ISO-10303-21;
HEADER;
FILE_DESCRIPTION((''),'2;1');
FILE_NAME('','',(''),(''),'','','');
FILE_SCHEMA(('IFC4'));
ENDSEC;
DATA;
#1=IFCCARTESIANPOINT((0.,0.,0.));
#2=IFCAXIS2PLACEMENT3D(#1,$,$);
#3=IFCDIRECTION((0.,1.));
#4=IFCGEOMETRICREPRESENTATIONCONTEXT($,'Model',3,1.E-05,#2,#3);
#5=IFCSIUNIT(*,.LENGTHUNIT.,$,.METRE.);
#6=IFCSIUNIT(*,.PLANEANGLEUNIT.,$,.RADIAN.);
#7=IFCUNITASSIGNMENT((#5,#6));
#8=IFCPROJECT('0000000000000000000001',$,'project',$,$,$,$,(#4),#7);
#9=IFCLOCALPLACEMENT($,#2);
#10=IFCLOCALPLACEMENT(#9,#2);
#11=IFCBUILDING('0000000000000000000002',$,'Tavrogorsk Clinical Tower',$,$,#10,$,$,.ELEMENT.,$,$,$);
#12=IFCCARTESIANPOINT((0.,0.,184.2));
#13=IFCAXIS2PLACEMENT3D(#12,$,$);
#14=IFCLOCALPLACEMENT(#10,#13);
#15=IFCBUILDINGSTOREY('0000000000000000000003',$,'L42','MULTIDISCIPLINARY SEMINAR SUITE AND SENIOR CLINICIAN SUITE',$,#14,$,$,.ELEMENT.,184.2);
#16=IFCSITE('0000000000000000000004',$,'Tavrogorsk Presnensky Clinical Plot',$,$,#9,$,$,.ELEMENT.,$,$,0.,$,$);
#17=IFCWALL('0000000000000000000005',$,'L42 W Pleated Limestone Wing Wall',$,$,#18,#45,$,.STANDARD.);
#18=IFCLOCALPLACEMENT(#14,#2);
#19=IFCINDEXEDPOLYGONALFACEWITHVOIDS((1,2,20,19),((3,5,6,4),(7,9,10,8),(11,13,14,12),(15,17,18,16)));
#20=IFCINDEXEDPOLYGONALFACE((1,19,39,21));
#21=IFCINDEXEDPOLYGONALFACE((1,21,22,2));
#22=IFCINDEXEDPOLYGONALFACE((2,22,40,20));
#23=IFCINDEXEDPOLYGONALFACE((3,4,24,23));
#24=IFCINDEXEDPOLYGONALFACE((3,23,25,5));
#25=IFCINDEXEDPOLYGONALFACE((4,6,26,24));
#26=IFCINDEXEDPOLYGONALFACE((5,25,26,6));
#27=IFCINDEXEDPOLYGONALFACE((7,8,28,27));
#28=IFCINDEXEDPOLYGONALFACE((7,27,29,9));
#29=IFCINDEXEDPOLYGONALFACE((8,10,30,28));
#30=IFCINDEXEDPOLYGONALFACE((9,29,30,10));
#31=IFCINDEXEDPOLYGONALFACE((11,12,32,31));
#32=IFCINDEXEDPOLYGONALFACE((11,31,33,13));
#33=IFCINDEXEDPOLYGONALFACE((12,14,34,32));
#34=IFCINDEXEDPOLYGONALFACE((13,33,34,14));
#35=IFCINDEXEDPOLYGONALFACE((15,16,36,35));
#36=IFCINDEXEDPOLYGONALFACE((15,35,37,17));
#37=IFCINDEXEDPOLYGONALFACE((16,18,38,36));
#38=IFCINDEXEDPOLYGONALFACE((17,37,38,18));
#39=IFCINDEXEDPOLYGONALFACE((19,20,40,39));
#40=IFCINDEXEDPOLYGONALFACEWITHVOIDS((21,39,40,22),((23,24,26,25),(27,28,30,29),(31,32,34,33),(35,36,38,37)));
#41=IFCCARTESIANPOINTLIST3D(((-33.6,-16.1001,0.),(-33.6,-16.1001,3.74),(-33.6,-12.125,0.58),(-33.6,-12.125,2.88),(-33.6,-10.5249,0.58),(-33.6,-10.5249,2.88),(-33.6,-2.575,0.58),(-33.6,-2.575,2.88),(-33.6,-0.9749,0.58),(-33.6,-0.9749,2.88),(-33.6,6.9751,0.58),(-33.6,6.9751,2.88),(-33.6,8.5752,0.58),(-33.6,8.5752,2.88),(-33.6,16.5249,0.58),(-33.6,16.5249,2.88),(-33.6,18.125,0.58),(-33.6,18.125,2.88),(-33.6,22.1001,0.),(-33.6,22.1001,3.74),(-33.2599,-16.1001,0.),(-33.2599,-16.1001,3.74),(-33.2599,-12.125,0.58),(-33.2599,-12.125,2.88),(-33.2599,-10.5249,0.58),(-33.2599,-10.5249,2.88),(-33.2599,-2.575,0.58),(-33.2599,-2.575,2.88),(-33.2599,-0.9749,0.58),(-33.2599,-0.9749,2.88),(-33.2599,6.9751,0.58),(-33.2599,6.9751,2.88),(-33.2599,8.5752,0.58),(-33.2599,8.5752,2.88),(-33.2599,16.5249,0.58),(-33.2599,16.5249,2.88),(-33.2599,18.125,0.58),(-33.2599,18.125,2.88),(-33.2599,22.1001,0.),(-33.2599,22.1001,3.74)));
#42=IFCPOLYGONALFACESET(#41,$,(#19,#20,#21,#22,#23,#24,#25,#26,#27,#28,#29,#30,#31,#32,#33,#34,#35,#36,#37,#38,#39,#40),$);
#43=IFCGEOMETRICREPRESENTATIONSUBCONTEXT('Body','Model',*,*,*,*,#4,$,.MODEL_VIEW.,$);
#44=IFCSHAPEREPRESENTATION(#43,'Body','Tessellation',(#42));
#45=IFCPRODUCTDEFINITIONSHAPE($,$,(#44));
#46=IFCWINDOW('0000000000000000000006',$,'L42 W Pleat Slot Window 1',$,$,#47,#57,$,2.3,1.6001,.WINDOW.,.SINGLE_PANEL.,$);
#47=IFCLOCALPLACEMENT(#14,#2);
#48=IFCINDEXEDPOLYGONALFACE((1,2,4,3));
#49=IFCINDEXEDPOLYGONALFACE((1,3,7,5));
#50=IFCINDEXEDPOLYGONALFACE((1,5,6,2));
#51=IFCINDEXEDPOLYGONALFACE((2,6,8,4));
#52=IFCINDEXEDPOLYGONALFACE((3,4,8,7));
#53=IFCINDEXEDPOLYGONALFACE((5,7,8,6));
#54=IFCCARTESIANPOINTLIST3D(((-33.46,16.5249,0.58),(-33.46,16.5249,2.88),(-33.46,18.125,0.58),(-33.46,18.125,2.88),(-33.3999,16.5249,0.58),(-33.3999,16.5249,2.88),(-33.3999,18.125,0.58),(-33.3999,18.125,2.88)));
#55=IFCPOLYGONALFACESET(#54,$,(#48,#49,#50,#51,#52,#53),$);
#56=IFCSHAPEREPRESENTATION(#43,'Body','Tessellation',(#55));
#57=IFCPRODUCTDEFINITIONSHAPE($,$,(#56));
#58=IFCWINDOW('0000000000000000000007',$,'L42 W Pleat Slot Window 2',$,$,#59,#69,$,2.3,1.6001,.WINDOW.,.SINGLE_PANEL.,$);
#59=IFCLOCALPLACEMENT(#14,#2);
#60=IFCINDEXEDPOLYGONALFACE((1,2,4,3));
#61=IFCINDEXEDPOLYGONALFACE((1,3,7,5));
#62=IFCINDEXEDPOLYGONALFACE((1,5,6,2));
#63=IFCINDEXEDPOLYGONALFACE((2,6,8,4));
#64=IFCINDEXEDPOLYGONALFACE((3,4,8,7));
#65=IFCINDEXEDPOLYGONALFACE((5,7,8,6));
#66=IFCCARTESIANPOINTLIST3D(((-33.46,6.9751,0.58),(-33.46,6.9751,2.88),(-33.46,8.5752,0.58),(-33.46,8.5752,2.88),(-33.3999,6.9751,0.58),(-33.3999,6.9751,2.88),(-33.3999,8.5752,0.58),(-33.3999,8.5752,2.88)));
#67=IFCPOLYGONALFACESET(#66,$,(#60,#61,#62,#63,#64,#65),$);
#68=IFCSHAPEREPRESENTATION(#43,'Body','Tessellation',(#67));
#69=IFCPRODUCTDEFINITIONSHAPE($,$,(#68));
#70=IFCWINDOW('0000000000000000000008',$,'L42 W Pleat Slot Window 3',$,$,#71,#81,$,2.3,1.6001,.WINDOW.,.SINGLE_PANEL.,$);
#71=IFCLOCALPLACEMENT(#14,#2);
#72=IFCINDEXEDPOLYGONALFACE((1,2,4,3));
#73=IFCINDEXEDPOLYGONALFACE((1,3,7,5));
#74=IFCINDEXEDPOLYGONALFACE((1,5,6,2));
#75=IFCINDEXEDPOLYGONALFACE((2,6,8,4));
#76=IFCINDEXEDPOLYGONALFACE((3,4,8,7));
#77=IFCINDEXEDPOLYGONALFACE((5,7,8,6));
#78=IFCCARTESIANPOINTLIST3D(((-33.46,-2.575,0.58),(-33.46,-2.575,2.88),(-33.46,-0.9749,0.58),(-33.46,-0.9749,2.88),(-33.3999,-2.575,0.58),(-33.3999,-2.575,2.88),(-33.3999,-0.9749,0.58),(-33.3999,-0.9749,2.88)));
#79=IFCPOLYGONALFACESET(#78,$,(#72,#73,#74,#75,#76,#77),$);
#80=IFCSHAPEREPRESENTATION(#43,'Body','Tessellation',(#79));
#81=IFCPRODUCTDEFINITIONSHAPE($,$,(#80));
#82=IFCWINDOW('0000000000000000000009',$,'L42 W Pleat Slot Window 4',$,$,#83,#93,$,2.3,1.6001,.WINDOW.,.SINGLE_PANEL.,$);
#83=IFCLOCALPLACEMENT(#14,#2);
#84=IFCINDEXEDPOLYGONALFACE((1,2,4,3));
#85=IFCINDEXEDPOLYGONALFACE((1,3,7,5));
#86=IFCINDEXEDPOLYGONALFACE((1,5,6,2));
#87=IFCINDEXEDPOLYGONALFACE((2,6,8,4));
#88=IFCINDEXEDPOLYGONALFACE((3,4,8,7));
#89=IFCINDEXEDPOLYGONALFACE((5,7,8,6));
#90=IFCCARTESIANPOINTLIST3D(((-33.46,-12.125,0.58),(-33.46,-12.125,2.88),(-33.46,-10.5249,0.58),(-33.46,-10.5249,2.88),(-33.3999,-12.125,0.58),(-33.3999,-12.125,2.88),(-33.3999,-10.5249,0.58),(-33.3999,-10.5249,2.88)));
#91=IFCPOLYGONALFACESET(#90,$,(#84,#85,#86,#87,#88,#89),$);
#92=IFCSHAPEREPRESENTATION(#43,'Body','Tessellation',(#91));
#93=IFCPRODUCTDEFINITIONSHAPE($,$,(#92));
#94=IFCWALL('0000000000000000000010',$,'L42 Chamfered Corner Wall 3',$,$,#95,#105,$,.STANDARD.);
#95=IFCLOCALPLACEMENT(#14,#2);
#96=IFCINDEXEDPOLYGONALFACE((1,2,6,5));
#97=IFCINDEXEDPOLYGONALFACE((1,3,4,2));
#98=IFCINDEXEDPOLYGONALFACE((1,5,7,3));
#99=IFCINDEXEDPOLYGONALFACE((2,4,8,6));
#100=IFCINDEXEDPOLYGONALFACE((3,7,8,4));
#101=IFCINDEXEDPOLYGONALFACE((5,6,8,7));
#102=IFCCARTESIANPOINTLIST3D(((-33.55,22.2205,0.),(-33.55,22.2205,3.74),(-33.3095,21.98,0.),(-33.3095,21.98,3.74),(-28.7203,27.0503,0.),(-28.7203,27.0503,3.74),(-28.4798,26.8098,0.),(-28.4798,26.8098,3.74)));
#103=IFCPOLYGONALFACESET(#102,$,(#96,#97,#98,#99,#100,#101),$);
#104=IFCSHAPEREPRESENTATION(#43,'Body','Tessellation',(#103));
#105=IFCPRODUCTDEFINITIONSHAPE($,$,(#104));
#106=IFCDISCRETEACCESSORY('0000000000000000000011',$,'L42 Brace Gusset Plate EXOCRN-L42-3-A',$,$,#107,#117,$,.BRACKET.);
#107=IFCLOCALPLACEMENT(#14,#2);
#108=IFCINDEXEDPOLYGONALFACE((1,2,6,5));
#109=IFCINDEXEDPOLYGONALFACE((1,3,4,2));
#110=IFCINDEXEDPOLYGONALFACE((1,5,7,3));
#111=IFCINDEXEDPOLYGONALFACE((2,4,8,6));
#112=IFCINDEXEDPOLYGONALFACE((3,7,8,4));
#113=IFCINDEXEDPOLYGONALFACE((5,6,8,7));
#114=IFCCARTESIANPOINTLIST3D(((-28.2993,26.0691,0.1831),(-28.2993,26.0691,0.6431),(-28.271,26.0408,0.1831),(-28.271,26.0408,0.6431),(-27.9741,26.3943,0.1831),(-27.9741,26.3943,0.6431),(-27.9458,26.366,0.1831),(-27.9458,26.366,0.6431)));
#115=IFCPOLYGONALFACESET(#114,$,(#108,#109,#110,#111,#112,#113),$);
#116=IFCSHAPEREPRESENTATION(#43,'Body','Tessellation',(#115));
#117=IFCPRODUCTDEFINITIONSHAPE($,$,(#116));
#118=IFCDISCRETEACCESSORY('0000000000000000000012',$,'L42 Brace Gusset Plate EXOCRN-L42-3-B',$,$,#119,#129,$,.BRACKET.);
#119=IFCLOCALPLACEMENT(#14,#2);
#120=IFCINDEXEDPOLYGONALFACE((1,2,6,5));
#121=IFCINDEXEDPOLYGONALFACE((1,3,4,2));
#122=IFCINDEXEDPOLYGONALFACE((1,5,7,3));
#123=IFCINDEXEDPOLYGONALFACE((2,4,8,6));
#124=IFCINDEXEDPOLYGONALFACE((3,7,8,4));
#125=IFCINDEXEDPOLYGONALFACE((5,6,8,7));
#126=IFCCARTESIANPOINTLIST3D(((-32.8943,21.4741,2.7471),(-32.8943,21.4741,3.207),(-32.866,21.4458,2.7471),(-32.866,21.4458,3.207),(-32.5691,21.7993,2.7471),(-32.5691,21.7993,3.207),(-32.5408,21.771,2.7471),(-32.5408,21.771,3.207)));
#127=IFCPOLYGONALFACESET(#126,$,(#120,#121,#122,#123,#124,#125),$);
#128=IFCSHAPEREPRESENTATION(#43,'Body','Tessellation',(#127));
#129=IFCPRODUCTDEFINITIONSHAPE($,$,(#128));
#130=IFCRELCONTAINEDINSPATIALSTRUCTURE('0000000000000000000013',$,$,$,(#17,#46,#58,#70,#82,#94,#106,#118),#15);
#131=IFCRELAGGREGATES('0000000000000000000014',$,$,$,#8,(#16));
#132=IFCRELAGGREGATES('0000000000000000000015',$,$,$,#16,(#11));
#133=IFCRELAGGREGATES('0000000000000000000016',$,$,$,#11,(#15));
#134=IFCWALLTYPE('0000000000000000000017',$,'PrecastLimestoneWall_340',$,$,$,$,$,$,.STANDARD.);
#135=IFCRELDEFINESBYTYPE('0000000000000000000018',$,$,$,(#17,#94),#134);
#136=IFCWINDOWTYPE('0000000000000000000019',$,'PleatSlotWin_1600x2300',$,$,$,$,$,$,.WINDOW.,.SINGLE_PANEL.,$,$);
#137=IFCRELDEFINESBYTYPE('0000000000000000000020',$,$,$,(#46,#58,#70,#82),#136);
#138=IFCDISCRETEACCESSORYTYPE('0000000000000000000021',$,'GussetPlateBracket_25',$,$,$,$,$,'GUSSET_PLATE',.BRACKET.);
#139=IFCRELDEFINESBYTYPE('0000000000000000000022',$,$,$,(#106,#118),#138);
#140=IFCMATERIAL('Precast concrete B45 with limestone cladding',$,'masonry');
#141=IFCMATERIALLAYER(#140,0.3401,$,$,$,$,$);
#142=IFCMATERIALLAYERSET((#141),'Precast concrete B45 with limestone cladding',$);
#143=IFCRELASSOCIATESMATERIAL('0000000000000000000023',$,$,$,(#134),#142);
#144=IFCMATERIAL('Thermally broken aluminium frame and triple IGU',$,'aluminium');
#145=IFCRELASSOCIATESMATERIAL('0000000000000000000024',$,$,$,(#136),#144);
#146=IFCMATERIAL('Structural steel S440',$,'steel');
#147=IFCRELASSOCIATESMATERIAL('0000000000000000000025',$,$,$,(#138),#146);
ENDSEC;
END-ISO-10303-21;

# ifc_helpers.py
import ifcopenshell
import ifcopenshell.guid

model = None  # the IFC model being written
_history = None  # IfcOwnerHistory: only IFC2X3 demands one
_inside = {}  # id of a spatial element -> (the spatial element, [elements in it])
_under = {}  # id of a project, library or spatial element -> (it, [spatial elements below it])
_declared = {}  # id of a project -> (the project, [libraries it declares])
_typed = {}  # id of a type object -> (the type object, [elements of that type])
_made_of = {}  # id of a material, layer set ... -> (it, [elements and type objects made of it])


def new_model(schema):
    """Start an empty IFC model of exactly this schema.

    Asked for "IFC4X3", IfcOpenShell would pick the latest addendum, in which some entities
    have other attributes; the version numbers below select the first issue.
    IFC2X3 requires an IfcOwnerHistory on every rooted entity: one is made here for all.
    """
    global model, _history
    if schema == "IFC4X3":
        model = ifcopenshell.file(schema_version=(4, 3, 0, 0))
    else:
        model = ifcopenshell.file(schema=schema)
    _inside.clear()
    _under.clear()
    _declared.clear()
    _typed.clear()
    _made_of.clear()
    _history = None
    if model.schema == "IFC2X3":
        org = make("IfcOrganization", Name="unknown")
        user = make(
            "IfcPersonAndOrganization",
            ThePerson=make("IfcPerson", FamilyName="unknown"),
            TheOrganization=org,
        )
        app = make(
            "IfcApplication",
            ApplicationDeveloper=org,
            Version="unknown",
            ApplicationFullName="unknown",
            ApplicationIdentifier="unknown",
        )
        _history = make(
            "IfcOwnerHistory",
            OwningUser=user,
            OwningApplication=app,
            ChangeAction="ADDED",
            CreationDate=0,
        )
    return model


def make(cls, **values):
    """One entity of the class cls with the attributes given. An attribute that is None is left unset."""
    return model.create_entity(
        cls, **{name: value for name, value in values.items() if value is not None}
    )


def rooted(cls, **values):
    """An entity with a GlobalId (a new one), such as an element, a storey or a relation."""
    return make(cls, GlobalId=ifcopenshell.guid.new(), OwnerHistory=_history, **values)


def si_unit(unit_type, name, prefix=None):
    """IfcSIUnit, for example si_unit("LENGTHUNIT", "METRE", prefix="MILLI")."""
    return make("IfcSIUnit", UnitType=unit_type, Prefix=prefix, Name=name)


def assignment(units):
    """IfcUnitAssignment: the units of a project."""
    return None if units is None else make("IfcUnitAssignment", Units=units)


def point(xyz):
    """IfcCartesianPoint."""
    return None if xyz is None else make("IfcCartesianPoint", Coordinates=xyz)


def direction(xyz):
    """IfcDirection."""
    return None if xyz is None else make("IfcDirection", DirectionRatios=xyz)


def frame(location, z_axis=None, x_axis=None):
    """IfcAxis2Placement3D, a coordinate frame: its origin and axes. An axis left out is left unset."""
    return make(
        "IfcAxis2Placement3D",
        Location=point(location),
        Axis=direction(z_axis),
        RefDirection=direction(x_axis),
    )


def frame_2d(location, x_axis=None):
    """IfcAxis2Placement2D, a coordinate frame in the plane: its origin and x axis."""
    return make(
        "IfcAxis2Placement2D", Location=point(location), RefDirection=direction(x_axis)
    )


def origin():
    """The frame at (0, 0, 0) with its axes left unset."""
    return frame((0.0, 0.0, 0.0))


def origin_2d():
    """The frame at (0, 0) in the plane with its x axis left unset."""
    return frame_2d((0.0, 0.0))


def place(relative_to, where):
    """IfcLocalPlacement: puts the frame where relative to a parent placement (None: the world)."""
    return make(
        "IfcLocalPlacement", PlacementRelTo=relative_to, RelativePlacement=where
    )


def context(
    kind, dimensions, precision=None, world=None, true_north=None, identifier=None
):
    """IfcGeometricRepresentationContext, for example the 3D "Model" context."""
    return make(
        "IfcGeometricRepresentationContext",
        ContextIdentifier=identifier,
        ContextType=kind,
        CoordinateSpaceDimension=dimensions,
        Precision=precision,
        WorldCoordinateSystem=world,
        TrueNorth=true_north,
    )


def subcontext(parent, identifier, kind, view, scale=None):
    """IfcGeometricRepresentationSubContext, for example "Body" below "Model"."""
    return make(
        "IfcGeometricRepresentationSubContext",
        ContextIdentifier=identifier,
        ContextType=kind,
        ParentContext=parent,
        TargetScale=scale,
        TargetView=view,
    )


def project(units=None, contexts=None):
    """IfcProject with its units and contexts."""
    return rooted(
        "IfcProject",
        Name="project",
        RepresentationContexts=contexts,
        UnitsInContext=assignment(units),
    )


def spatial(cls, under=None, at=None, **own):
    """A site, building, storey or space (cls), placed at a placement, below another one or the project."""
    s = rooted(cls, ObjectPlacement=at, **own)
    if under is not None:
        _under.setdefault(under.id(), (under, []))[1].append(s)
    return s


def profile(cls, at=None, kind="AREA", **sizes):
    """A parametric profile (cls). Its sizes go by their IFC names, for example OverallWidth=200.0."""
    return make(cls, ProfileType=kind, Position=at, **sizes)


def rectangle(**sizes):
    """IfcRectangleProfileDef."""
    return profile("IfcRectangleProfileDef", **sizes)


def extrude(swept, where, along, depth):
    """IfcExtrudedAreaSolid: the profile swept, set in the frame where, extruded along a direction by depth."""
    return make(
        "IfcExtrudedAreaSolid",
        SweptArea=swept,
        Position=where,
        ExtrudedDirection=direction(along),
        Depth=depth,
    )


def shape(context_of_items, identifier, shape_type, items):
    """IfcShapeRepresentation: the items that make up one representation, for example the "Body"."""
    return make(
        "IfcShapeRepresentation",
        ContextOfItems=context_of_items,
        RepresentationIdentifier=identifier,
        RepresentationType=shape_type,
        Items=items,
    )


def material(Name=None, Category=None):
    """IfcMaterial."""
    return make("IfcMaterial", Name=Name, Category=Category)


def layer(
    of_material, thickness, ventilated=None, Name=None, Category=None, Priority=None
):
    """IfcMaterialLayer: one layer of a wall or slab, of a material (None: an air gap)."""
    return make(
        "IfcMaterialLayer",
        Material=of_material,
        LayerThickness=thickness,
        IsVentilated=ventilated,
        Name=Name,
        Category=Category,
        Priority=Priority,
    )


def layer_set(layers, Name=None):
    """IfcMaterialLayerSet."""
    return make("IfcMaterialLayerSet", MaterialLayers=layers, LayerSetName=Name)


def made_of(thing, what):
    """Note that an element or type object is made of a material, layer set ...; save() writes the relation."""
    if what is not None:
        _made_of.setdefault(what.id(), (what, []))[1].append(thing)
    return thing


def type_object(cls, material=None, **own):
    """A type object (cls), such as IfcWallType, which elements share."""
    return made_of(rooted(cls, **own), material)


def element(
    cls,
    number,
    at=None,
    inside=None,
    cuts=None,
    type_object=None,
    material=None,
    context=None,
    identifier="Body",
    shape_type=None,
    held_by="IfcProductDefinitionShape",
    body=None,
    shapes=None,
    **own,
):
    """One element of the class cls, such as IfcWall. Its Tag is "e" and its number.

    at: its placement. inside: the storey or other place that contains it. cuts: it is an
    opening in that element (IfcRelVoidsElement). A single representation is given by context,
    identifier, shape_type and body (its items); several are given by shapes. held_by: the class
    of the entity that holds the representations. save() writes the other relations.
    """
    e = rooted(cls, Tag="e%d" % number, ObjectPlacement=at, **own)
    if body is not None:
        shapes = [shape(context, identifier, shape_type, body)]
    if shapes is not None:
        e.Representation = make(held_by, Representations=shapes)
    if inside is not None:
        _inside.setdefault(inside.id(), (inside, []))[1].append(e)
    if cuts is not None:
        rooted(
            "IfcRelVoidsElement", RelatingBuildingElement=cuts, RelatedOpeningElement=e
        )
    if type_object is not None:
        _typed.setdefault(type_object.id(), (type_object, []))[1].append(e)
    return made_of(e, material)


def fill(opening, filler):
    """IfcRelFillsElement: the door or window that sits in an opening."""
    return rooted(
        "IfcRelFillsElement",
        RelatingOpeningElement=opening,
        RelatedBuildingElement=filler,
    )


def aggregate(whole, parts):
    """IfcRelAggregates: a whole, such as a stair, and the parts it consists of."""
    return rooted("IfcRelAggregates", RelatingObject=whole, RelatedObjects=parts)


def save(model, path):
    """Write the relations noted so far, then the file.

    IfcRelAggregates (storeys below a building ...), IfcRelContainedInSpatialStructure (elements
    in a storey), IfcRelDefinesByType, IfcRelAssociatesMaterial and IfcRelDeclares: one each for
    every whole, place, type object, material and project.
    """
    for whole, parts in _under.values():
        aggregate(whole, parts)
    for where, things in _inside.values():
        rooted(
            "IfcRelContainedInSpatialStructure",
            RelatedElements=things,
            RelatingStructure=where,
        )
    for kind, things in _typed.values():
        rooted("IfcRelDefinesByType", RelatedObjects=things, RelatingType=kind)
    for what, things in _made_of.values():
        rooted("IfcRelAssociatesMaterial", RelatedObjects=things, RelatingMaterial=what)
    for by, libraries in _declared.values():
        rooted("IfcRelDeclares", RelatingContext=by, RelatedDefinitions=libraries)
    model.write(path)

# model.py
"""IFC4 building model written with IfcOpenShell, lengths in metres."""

from ifc_helpers import new_model, si_unit, direction, frame, frame_2d, origin, origin_2d, place, context, subcontext, project, spatial, rectangle, extrude, material, layer, layer_set, type_object, element, fill, save


model = new_model("IFC4")

# Units and contexts
model_context = context("Model", 3, precision=1e-05, world=origin(), true_north=direction((0.0, 1.0)))
body_context = subcontext(model_context, "Body", "Model", "MODEL_VIEW")
ifc_project = project(units=[si_unit("LENGTHUNIT", "METRE"), si_unit("PLANEANGLEUNIT", "RADIAN")], contexts=[model_context])

# Site, building, storey
site_placement = place(None, origin())
site = spatial("IfcSite", under=ifc_project, at=site_placement, Name="Tavrogorsk Presnensky Clinical Plot", CompositionType="ELEMENT", RefElevation=0.0)
building_placement = place(site_placement, origin())
building = spatial("IfcBuilding", under=site, at=building_placement, Name="Tavrogorsk Clinical Tower", CompositionType="ELEMENT")
storey_placement = place(building_placement, frame((0.0, 0.0, 184.2)))
storey = spatial("IfcBuildingStorey", under=building, at=storey_placement, Name="L42", Description="MULTIDISCIPLINARY SEMINAR SUITE AND SENIOR CLINICIAN SUITE", CompositionType="ELEMENT", Elevation=184.2)

# Wall, openings, windows
ifc_material_1 = material(Name="Precast concrete B45 with limestone cladding", Category="masonry")
ifc_layer_1 = layer(ifc_material_1, 0.3401)
ifc_layer_set_1 = layer_set([ifc_layer_1], Name="Precast concrete B45 with limestone cladding")
wall_type_1 = type_object("IfcWallType", Name="PrecastLimestoneWall_340", PredefinedType="STANDARD", material=ifc_layer_set_1)
wall_1_placement = place(storey_placement, frame((-33.4299, 22.1001, 0.0), z_axis=(0.0, 0.0, 1.0), x_axis=(0.0, -1.0, 0.0)))
wall_1 = element("IfcWall", 1, at=wall_1_placement, inside=storey, type_object=wall_type_1, Name="L42 W Pleated Limestone Wing Wall", PredefinedType="STANDARD", context=body_context, shape_type="SweptSolid", body=[
    extrude(rectangle(XDim=38.2002, YDim=0.3401, at=frame_2d((19.1001, 0.0))), origin(), (0.0, 0.0, 1.0), 3.74),
])
opening_1_placement = place(wall_1_placement, frame((3.9751, 0.0, 0.5801)))
opening_1 = element("IfcOpeningElement", 2, at=opening_1_placement, cuts=wall_1, PredefinedType="OPENING", context=body_context, shape_type="SweptSolid", body=[
    extrude(rectangle(XDim=1.6001, YDim=2.3, at=frame_2d((0.8, 1.1499))), frame((0.0, 0.1799, 0.0), z_axis=(0.0, -1.0, 0.0), x_axis=(1.0, 0.0, 0.0)), (0.0, 0.0, 1.0), 0.3601),
])
opening_2_placement = place(wall_1_placement, frame((13.5249, 0.0, 0.5801)))
opening_2 = element("IfcOpeningElement", 3, at=opening_2_placement, cuts=wall_1, PredefinedType="OPENING", context=body_context, shape_type="SweptSolid", body=[
    extrude(rectangle(XDim=1.6001, YDim=2.3, at=frame_2d((0.8, 1.1499))), frame((0.0, 0.1799, 0.0), z_axis=(0.0, -1.0, 0.0), x_axis=(1.0, 0.0, 0.0)), (0.0, 0.0, 1.0), 0.3601),
])
opening_3_placement = place(wall_1_placement, frame((23.075, 0.0, 0.5801)))
opening_3 = element("IfcOpeningElement", 4, at=opening_3_placement, cuts=wall_1, PredefinedType="OPENING", context=body_context, shape_type="SweptSolid", body=[
    extrude(rectangle(XDim=1.6001, YDim=2.3, at=frame_2d((0.8, 1.1499))), frame((0.0, 0.1799, 0.0), z_axis=(0.0, -1.0, 0.0), x_axis=(1.0, 0.0, 0.0)), (0.0, 0.0, 1.0), 0.3601),
])
opening_4_placement = place(wall_1_placement, frame((32.625, 0.0, 0.5801)))
opening_4 = element("IfcOpeningElement", 5, at=opening_4_placement, cuts=wall_1, PredefinedType="OPENING", context=body_context, shape_type="SweptSolid", body=[
    extrude(rectangle(XDim=1.6001, YDim=2.3, at=frame_2d((0.8, 1.1499))), frame((0.0, 0.1799, 0.0), z_axis=(0.0, -1.0, 0.0), x_axis=(1.0, 0.0, 0.0)), (0.0, 0.0, 1.0), 0.3601),
])
ifc_material_2 = material(Name="Thermally broken aluminium frame and triple IGU", Category="aluminium")
window_type = type_object("IfcWindowType", Name="PleatSlotWin_1600x2300", PartitioningType="SINGLE_PANEL", PredefinedType="WINDOW", material=ifc_material_2)
window_1_placement = place(opening_1_placement, origin())
window_1 = element("IfcWindow", 6, at=window_1_placement, inside=storey, type_object=window_type, Name="L42 W Pleat Slot Window 1", OverallHeight=2.3, OverallWidth=1.6001, PartitioningType="SINGLE_PANEL", PredefinedType="WINDOW", context=body_context, shape_type="SweptSolid", body=[
    extrude(rectangle(XDim=1.6001, YDim=2.3, at=frame_2d((0.8, 1.1499))), frame((0.0, 0.03, 0.0), z_axis=(0.0, -1.0, 0.0), x_axis=(1.0, 0.0, 0.0)), (0.0, 0.0, 1.0), 0.0601),
])
fill(opening_1, window_1)
window_2_placement = place(opening_2_placement, origin())
window_2 = element("IfcWindow", 7, at=window_2_placement, inside=storey, type_object=window_type, Name="L42 W Pleat Slot Window 2", OverallHeight=2.3, OverallWidth=1.6001, PartitioningType="SINGLE_PANEL", PredefinedType="WINDOW", context=body_context, shape_type="SweptSolid", body=[
    extrude(rectangle(XDim=1.6001, YDim=2.3, at=frame_2d((0.8, 1.1499))), frame((0.0, 0.03, 0.0), z_axis=(0.0, -1.0, 0.0), x_axis=(1.0, 0.0, 0.0)), (0.0, 0.0, 1.0), 0.0601),
])
fill(opening_2, window_2)
window_3_placement = place(opening_3_placement, origin())
window_3 = element("IfcWindow", 8, at=window_3_placement, inside=storey, type_object=window_type, Name="L42 W Pleat Slot Window 3", OverallHeight=2.3, OverallWidth=1.6001, PartitioningType="SINGLE_PANEL", PredefinedType="WINDOW", context=body_context, shape_type="SweptSolid", body=[
    extrude(rectangle(XDim=1.6001, YDim=2.3, at=frame_2d((0.8, 1.1499))), frame((0.0, 0.03, 0.0), z_axis=(0.0, -1.0, 0.0), x_axis=(1.0, 0.0, 0.0)), (0.0, 0.0, 1.0), 0.0601),
])
fill(opening_3, window_3)
window_4_placement = place(opening_4_placement, origin())
window_4 = element("IfcWindow", 9, at=window_4_placement, inside=storey, type_object=window_type, Name="L42 W Pleat Slot Window 4", OverallHeight=2.3, OverallWidth=1.6001, PartitioningType="SINGLE_PANEL", PredefinedType="WINDOW", context=body_context, shape_type="SweptSolid", body=[
    extrude(rectangle(XDim=1.6001, YDim=2.3, at=frame_2d((0.8, 1.1499))), frame((0.0, 0.03, 0.0), z_axis=(0.0, -1.0, 0.0), x_axis=(1.0, 0.0, 0.0)), (0.0, 0.0, 1.0), 0.0601),
])
fill(opening_4, window_4)

# Wall
wall_2_placement = place(storey_placement, frame((-28.6001, 26.9299, 0.0), z_axis=(0.0, 0.0, 1.0), x_axis=(-0.707107, -0.707107, 0.0)))
element("IfcWall", 10, at=wall_2_placement, inside=storey, type_object=wall_type_1, Name="L42 Chamfered Corner Wall 3", PredefinedType="STANDARD", context=body_context, shape_type="SweptSolid", body=[
    extrude(rectangle(XDim=6.8303, YDim=0.3401, at=frame_2d((3.415, 0.0))), origin(), (0.0, 0.0, 1.0), 3.74),
])

# Discrete accessories
ifc_material_3 = material(Name="Structural steel S440", Category="steel")
discrete_accessory_type = type_object("IfcDiscreteAccessoryType", Name="GussetPlateBracket_25", ElementType="GUSSET_PLATE", PredefinedType="BRACKET", material=ifc_material_3)
for number, where, z_axis, x_axis, name in (
    (11, (-28.1226, 26.2175, 0.1831), (0.0, 0.0, 1.0), (-0.707107, -0.707107, 0.0), "L42 Brace Gusset Plate EXOCRN-L42-3-A"),
    (12, (-32.7175, 21.6226, 2.7471), (0.0, 0.0, 1.0), (-0.707107, -0.707107, 0.0), "L42 Brace Gusset Plate EXOCRN-L42-3-B"),
):
    element("IfcDiscreteAccessory", number, at=place(storey_placement, frame(where, z_axis=z_axis, x_axis=x_axis)), inside=storey, type_object=discrete_accessory_type, Name=name, PredefinedType="BRACKET", context=body_context, shape_type="SweptSolid", body=[
        extrude(rectangle(XDim=0.46, YDim=0.04, at=origin_2d()), origin(), (0.0, 0.0, 1.0), 0.46),
    ])

save(model, "model.ifc")
